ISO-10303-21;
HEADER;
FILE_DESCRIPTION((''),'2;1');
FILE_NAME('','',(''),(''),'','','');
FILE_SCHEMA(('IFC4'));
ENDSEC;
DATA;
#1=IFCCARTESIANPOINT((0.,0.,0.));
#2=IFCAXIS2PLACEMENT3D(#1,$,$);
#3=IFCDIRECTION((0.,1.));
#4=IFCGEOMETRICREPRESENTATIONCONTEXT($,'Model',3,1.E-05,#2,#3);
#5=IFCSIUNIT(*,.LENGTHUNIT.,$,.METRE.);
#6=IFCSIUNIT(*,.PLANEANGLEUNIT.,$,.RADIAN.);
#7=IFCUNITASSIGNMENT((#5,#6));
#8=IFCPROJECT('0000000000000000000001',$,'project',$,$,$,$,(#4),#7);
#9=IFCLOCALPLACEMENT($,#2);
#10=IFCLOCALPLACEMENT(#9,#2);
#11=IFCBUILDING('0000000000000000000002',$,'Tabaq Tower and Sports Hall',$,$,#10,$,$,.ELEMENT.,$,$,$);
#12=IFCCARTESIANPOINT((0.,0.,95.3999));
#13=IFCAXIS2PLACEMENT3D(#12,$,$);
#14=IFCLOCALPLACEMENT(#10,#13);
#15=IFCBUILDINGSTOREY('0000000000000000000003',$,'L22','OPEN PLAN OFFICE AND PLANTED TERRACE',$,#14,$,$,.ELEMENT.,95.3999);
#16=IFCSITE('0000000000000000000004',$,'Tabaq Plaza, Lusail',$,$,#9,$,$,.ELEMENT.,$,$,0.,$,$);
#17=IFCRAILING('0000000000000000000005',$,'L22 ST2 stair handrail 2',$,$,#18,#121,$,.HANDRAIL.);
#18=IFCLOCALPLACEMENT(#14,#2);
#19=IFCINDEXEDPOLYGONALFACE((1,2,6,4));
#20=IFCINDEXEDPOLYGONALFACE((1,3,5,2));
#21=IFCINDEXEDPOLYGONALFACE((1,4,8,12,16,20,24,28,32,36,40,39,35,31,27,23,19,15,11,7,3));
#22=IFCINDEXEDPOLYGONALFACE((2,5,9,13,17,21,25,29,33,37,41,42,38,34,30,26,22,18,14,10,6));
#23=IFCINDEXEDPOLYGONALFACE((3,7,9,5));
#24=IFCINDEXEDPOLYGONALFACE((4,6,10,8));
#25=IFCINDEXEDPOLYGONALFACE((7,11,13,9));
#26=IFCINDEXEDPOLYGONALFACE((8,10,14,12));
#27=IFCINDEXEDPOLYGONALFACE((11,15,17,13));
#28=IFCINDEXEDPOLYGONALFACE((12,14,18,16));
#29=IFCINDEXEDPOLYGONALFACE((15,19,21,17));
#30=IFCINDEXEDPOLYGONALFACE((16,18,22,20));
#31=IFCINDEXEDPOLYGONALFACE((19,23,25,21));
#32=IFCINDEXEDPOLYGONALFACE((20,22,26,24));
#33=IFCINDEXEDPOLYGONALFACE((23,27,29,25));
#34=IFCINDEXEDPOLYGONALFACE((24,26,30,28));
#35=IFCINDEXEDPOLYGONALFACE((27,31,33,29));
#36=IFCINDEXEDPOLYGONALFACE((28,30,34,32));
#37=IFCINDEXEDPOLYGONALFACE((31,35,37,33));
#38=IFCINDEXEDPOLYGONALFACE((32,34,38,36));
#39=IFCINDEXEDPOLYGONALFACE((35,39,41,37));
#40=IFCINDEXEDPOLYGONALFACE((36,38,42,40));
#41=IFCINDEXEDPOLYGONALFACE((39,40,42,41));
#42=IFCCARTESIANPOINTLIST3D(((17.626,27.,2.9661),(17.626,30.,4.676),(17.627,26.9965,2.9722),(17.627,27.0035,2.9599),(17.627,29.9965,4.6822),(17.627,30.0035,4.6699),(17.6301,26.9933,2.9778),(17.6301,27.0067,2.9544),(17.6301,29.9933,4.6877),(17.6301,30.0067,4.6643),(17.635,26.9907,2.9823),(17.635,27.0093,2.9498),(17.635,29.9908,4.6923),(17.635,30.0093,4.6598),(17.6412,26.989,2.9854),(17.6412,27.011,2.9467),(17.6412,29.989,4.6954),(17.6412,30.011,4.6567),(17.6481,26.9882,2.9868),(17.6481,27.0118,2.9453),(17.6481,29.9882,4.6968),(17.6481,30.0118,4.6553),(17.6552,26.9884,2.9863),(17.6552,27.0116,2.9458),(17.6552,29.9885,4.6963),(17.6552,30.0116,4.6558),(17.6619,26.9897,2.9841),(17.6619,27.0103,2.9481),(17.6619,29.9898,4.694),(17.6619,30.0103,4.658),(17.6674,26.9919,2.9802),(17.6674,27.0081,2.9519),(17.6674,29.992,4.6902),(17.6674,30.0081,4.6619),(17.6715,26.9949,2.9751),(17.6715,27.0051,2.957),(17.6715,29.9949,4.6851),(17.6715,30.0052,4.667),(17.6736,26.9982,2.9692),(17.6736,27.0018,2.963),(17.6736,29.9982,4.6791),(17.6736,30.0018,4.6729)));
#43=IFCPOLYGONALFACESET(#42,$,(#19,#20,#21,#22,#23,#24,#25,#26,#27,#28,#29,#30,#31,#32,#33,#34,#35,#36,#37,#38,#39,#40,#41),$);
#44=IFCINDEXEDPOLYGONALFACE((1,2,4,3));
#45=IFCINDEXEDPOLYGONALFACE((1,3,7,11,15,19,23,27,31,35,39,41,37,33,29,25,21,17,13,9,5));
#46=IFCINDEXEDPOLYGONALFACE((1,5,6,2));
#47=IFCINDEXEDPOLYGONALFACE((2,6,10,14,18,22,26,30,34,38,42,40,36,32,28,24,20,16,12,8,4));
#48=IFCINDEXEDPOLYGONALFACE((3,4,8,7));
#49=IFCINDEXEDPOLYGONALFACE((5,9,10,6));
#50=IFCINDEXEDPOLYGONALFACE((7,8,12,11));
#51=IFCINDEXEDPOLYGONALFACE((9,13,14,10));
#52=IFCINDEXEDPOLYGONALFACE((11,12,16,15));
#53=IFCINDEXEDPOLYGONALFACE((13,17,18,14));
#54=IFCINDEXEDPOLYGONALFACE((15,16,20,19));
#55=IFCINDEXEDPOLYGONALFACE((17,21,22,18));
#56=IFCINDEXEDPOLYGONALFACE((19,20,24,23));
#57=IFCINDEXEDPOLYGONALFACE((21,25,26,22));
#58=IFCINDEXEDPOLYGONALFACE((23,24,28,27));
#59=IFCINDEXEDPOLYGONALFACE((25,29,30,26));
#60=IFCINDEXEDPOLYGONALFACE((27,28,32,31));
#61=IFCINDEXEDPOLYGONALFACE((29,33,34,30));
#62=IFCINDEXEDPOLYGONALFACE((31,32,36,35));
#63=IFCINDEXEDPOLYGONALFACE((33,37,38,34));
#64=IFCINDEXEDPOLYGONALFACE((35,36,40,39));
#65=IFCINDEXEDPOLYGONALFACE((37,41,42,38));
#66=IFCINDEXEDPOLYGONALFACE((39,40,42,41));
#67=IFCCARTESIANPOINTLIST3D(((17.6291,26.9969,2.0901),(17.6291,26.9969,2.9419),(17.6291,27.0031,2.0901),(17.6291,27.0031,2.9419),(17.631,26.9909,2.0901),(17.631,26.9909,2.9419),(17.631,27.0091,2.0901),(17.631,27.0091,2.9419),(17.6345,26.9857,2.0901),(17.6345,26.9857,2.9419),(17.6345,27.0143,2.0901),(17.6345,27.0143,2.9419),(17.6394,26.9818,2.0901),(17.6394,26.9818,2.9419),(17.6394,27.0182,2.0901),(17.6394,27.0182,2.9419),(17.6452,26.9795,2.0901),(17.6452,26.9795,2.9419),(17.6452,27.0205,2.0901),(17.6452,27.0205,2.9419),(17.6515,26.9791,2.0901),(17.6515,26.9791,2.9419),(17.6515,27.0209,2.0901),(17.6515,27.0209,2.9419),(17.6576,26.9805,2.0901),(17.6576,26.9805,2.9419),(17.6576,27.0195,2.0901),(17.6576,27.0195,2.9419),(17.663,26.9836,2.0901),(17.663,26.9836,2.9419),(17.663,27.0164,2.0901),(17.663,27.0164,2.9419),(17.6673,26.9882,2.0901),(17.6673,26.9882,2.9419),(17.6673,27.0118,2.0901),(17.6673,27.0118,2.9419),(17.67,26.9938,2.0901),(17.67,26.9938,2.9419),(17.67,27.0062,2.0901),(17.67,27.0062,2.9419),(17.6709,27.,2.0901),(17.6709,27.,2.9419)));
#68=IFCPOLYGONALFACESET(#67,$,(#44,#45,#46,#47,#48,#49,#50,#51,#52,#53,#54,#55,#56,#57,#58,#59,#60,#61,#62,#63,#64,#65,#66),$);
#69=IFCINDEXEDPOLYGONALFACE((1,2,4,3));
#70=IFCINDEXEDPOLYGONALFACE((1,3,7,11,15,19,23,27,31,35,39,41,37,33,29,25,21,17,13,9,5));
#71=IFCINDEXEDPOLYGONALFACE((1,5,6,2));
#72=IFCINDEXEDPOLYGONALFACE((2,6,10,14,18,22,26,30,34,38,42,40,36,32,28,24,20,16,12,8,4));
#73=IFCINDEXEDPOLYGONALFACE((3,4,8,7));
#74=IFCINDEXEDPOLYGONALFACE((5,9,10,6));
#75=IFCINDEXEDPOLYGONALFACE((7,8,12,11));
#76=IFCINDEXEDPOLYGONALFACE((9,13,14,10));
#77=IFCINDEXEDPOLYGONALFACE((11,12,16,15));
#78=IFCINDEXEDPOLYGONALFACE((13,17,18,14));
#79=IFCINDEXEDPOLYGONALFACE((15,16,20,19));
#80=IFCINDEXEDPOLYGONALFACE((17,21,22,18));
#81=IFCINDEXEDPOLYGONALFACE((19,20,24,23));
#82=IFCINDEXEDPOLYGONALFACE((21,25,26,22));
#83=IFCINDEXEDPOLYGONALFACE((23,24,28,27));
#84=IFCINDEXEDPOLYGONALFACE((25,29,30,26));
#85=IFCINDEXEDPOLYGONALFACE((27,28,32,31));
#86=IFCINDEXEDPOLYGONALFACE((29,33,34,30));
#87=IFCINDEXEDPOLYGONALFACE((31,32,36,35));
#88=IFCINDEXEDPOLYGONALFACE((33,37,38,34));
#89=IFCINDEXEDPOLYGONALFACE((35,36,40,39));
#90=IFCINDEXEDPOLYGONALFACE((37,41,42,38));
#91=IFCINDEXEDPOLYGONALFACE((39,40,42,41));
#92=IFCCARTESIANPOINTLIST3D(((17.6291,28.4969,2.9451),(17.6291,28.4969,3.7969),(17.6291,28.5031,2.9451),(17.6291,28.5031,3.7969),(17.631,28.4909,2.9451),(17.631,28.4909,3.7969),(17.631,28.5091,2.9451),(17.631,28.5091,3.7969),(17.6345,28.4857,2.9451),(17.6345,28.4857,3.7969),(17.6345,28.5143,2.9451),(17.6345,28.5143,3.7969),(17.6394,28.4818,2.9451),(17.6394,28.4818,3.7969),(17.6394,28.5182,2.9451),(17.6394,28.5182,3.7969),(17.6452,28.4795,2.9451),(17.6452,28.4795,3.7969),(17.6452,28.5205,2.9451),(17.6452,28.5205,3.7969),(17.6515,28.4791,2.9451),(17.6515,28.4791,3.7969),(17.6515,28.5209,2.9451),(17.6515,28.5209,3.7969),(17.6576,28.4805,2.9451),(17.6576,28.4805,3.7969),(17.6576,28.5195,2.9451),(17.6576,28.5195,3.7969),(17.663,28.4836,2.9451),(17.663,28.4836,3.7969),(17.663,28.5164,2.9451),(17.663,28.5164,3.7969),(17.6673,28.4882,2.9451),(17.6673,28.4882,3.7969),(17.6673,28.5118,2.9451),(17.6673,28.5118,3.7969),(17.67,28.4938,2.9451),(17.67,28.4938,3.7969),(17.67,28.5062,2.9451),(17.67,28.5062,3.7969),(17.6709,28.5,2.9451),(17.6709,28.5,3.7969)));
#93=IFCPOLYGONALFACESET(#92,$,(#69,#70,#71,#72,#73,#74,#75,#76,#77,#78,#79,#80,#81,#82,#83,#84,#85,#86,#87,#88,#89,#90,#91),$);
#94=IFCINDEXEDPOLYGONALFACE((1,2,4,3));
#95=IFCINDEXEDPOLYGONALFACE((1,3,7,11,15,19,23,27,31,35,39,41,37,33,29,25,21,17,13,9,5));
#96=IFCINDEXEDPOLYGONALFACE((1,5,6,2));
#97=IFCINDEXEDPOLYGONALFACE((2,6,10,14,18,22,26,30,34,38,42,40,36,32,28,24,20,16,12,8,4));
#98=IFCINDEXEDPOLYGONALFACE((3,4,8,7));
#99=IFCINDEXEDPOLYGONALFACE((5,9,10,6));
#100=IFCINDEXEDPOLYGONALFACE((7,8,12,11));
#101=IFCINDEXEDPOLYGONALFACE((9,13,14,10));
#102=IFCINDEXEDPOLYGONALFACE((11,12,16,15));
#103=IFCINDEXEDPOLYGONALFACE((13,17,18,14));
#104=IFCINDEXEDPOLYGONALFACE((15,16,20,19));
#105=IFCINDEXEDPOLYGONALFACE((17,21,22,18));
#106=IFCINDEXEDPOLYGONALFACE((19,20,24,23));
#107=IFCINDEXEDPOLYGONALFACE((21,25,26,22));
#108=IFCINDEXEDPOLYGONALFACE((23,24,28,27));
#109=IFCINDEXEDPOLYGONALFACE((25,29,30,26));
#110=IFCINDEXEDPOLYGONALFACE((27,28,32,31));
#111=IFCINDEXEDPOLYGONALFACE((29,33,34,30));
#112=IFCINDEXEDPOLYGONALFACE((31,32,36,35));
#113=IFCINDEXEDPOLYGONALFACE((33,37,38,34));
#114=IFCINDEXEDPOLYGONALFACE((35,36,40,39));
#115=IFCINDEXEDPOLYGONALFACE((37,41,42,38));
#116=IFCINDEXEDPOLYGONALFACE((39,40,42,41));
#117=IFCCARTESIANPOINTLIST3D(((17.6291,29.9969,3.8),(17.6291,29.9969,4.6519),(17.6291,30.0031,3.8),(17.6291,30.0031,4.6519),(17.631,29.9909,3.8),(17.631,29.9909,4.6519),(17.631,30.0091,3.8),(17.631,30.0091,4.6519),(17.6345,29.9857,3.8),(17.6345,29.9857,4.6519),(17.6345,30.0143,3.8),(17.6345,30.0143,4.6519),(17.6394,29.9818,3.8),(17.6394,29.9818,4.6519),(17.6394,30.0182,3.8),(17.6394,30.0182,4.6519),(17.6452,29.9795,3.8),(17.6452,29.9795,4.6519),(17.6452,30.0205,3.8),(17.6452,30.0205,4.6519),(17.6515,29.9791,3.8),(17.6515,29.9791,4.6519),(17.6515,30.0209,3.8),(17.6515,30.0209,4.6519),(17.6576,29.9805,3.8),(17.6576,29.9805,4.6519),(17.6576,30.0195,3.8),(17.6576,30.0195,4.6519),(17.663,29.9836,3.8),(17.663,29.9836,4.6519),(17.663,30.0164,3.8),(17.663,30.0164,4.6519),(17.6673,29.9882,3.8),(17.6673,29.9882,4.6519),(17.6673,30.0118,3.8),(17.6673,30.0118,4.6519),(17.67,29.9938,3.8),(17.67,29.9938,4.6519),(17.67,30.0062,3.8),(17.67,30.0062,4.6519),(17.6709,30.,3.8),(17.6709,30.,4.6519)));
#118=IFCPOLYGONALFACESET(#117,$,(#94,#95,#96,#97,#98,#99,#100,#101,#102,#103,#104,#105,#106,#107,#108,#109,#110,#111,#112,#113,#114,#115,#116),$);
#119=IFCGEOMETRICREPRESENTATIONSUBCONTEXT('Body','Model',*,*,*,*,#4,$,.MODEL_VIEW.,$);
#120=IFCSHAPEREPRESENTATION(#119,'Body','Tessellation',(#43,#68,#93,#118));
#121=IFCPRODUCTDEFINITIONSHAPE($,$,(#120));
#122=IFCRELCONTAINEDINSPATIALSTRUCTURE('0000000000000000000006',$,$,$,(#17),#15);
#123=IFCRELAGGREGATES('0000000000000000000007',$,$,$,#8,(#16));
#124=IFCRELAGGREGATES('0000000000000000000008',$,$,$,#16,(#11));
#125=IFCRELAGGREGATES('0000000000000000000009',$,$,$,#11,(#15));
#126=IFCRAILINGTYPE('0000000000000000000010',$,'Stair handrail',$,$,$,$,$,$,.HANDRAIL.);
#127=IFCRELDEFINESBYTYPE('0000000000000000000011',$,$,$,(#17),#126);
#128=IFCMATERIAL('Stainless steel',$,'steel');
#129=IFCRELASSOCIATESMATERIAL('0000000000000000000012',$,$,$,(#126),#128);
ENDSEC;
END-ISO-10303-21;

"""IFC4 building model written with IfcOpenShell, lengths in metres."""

from ifc_helpers import new_model, si_unit, direction, frame, origin, origin_2d, place, context, subcontext, project, spatial, circle, extrude, material, type_object, element, save


model = new_model("IFC4")

# Units and contexts
model_context = context("Model", 3, precision=1e-05, world=origin(), true_north=direction((0.0, 1.0)))
body_context = subcontext(model_context, "Body", "Model", "MODEL_VIEW")
ifc_project = project(units=[si_unit("LENGTHUNIT", "METRE"), si_unit("PLANEANGLEUNIT", "RADIAN")], contexts=[model_context])

# Site, building, storey
site_placement = place(None, origin())
site = spatial("IfcSite", under=ifc_project, at=site_placement, Name="Tabaq Plaza, Lusail", CompositionType="ELEMENT", RefElevation=0.0)
building_placement = place(site_placement, origin())
building = spatial("IfcBuilding", under=site, at=building_placement, Name="Tabaq Tower and Sports Hall", CompositionType="ELEMENT")
storey_placement = place(building_placement, frame((0.0, 0.0, 95.3999)))
storey = spatial("IfcBuildingStorey", under=building, at=storey_placement, Name="L22", Description="OPEN PLAN OFFICE AND PLANTED TERRACE", CompositionType="ELEMENT", Elevation=95.3999)

# Railing
ifc_material_1 = material(Name="Stainless steel", Category="steel")
railing_type_1 = type_object("IfcRailingType", Name="Stair handrail", PredefinedType="HANDRAIL", material=ifc_material_1)
railing_1_placement = place(storey_placement, frame((17.6499, 27.0, 2.0901)))
element("IfcRailing", 1, at=railing_1_placement, inside=storey, type_object=railing_type_1, Name="L22 ST2 stair handrail 2", PredefinedType="HANDRAIL", context=body_context, shape_type="SweptSolid", body=[
    extrude(circle(Radius=0.0239, at=origin_2d()), frame((0.0, 0.0, 0.876), z_axis=(0.0, 0.868782, 0.495195), x_axis=(-1.0, 0.0, 0.0)), (0.0, 0.0, 1.0), 3.4531),
    extrude(circle(Radius=0.021, at=origin_2d()), origin(), (0.0, 0.0, 1.0), 0.8518),
    extrude(circle(Radius=0.021, at=origin_2d()), frame((0.0, 1.5, 0.855)), (0.0, 0.0, 1.0), 0.8518),
    extrude(circle(Radius=0.021, at=origin_2d()), frame((0.0, 3.0, 1.71)), (0.0, 0.0, 1.0), 0.8518),
])

save(model, "model.ifc")
